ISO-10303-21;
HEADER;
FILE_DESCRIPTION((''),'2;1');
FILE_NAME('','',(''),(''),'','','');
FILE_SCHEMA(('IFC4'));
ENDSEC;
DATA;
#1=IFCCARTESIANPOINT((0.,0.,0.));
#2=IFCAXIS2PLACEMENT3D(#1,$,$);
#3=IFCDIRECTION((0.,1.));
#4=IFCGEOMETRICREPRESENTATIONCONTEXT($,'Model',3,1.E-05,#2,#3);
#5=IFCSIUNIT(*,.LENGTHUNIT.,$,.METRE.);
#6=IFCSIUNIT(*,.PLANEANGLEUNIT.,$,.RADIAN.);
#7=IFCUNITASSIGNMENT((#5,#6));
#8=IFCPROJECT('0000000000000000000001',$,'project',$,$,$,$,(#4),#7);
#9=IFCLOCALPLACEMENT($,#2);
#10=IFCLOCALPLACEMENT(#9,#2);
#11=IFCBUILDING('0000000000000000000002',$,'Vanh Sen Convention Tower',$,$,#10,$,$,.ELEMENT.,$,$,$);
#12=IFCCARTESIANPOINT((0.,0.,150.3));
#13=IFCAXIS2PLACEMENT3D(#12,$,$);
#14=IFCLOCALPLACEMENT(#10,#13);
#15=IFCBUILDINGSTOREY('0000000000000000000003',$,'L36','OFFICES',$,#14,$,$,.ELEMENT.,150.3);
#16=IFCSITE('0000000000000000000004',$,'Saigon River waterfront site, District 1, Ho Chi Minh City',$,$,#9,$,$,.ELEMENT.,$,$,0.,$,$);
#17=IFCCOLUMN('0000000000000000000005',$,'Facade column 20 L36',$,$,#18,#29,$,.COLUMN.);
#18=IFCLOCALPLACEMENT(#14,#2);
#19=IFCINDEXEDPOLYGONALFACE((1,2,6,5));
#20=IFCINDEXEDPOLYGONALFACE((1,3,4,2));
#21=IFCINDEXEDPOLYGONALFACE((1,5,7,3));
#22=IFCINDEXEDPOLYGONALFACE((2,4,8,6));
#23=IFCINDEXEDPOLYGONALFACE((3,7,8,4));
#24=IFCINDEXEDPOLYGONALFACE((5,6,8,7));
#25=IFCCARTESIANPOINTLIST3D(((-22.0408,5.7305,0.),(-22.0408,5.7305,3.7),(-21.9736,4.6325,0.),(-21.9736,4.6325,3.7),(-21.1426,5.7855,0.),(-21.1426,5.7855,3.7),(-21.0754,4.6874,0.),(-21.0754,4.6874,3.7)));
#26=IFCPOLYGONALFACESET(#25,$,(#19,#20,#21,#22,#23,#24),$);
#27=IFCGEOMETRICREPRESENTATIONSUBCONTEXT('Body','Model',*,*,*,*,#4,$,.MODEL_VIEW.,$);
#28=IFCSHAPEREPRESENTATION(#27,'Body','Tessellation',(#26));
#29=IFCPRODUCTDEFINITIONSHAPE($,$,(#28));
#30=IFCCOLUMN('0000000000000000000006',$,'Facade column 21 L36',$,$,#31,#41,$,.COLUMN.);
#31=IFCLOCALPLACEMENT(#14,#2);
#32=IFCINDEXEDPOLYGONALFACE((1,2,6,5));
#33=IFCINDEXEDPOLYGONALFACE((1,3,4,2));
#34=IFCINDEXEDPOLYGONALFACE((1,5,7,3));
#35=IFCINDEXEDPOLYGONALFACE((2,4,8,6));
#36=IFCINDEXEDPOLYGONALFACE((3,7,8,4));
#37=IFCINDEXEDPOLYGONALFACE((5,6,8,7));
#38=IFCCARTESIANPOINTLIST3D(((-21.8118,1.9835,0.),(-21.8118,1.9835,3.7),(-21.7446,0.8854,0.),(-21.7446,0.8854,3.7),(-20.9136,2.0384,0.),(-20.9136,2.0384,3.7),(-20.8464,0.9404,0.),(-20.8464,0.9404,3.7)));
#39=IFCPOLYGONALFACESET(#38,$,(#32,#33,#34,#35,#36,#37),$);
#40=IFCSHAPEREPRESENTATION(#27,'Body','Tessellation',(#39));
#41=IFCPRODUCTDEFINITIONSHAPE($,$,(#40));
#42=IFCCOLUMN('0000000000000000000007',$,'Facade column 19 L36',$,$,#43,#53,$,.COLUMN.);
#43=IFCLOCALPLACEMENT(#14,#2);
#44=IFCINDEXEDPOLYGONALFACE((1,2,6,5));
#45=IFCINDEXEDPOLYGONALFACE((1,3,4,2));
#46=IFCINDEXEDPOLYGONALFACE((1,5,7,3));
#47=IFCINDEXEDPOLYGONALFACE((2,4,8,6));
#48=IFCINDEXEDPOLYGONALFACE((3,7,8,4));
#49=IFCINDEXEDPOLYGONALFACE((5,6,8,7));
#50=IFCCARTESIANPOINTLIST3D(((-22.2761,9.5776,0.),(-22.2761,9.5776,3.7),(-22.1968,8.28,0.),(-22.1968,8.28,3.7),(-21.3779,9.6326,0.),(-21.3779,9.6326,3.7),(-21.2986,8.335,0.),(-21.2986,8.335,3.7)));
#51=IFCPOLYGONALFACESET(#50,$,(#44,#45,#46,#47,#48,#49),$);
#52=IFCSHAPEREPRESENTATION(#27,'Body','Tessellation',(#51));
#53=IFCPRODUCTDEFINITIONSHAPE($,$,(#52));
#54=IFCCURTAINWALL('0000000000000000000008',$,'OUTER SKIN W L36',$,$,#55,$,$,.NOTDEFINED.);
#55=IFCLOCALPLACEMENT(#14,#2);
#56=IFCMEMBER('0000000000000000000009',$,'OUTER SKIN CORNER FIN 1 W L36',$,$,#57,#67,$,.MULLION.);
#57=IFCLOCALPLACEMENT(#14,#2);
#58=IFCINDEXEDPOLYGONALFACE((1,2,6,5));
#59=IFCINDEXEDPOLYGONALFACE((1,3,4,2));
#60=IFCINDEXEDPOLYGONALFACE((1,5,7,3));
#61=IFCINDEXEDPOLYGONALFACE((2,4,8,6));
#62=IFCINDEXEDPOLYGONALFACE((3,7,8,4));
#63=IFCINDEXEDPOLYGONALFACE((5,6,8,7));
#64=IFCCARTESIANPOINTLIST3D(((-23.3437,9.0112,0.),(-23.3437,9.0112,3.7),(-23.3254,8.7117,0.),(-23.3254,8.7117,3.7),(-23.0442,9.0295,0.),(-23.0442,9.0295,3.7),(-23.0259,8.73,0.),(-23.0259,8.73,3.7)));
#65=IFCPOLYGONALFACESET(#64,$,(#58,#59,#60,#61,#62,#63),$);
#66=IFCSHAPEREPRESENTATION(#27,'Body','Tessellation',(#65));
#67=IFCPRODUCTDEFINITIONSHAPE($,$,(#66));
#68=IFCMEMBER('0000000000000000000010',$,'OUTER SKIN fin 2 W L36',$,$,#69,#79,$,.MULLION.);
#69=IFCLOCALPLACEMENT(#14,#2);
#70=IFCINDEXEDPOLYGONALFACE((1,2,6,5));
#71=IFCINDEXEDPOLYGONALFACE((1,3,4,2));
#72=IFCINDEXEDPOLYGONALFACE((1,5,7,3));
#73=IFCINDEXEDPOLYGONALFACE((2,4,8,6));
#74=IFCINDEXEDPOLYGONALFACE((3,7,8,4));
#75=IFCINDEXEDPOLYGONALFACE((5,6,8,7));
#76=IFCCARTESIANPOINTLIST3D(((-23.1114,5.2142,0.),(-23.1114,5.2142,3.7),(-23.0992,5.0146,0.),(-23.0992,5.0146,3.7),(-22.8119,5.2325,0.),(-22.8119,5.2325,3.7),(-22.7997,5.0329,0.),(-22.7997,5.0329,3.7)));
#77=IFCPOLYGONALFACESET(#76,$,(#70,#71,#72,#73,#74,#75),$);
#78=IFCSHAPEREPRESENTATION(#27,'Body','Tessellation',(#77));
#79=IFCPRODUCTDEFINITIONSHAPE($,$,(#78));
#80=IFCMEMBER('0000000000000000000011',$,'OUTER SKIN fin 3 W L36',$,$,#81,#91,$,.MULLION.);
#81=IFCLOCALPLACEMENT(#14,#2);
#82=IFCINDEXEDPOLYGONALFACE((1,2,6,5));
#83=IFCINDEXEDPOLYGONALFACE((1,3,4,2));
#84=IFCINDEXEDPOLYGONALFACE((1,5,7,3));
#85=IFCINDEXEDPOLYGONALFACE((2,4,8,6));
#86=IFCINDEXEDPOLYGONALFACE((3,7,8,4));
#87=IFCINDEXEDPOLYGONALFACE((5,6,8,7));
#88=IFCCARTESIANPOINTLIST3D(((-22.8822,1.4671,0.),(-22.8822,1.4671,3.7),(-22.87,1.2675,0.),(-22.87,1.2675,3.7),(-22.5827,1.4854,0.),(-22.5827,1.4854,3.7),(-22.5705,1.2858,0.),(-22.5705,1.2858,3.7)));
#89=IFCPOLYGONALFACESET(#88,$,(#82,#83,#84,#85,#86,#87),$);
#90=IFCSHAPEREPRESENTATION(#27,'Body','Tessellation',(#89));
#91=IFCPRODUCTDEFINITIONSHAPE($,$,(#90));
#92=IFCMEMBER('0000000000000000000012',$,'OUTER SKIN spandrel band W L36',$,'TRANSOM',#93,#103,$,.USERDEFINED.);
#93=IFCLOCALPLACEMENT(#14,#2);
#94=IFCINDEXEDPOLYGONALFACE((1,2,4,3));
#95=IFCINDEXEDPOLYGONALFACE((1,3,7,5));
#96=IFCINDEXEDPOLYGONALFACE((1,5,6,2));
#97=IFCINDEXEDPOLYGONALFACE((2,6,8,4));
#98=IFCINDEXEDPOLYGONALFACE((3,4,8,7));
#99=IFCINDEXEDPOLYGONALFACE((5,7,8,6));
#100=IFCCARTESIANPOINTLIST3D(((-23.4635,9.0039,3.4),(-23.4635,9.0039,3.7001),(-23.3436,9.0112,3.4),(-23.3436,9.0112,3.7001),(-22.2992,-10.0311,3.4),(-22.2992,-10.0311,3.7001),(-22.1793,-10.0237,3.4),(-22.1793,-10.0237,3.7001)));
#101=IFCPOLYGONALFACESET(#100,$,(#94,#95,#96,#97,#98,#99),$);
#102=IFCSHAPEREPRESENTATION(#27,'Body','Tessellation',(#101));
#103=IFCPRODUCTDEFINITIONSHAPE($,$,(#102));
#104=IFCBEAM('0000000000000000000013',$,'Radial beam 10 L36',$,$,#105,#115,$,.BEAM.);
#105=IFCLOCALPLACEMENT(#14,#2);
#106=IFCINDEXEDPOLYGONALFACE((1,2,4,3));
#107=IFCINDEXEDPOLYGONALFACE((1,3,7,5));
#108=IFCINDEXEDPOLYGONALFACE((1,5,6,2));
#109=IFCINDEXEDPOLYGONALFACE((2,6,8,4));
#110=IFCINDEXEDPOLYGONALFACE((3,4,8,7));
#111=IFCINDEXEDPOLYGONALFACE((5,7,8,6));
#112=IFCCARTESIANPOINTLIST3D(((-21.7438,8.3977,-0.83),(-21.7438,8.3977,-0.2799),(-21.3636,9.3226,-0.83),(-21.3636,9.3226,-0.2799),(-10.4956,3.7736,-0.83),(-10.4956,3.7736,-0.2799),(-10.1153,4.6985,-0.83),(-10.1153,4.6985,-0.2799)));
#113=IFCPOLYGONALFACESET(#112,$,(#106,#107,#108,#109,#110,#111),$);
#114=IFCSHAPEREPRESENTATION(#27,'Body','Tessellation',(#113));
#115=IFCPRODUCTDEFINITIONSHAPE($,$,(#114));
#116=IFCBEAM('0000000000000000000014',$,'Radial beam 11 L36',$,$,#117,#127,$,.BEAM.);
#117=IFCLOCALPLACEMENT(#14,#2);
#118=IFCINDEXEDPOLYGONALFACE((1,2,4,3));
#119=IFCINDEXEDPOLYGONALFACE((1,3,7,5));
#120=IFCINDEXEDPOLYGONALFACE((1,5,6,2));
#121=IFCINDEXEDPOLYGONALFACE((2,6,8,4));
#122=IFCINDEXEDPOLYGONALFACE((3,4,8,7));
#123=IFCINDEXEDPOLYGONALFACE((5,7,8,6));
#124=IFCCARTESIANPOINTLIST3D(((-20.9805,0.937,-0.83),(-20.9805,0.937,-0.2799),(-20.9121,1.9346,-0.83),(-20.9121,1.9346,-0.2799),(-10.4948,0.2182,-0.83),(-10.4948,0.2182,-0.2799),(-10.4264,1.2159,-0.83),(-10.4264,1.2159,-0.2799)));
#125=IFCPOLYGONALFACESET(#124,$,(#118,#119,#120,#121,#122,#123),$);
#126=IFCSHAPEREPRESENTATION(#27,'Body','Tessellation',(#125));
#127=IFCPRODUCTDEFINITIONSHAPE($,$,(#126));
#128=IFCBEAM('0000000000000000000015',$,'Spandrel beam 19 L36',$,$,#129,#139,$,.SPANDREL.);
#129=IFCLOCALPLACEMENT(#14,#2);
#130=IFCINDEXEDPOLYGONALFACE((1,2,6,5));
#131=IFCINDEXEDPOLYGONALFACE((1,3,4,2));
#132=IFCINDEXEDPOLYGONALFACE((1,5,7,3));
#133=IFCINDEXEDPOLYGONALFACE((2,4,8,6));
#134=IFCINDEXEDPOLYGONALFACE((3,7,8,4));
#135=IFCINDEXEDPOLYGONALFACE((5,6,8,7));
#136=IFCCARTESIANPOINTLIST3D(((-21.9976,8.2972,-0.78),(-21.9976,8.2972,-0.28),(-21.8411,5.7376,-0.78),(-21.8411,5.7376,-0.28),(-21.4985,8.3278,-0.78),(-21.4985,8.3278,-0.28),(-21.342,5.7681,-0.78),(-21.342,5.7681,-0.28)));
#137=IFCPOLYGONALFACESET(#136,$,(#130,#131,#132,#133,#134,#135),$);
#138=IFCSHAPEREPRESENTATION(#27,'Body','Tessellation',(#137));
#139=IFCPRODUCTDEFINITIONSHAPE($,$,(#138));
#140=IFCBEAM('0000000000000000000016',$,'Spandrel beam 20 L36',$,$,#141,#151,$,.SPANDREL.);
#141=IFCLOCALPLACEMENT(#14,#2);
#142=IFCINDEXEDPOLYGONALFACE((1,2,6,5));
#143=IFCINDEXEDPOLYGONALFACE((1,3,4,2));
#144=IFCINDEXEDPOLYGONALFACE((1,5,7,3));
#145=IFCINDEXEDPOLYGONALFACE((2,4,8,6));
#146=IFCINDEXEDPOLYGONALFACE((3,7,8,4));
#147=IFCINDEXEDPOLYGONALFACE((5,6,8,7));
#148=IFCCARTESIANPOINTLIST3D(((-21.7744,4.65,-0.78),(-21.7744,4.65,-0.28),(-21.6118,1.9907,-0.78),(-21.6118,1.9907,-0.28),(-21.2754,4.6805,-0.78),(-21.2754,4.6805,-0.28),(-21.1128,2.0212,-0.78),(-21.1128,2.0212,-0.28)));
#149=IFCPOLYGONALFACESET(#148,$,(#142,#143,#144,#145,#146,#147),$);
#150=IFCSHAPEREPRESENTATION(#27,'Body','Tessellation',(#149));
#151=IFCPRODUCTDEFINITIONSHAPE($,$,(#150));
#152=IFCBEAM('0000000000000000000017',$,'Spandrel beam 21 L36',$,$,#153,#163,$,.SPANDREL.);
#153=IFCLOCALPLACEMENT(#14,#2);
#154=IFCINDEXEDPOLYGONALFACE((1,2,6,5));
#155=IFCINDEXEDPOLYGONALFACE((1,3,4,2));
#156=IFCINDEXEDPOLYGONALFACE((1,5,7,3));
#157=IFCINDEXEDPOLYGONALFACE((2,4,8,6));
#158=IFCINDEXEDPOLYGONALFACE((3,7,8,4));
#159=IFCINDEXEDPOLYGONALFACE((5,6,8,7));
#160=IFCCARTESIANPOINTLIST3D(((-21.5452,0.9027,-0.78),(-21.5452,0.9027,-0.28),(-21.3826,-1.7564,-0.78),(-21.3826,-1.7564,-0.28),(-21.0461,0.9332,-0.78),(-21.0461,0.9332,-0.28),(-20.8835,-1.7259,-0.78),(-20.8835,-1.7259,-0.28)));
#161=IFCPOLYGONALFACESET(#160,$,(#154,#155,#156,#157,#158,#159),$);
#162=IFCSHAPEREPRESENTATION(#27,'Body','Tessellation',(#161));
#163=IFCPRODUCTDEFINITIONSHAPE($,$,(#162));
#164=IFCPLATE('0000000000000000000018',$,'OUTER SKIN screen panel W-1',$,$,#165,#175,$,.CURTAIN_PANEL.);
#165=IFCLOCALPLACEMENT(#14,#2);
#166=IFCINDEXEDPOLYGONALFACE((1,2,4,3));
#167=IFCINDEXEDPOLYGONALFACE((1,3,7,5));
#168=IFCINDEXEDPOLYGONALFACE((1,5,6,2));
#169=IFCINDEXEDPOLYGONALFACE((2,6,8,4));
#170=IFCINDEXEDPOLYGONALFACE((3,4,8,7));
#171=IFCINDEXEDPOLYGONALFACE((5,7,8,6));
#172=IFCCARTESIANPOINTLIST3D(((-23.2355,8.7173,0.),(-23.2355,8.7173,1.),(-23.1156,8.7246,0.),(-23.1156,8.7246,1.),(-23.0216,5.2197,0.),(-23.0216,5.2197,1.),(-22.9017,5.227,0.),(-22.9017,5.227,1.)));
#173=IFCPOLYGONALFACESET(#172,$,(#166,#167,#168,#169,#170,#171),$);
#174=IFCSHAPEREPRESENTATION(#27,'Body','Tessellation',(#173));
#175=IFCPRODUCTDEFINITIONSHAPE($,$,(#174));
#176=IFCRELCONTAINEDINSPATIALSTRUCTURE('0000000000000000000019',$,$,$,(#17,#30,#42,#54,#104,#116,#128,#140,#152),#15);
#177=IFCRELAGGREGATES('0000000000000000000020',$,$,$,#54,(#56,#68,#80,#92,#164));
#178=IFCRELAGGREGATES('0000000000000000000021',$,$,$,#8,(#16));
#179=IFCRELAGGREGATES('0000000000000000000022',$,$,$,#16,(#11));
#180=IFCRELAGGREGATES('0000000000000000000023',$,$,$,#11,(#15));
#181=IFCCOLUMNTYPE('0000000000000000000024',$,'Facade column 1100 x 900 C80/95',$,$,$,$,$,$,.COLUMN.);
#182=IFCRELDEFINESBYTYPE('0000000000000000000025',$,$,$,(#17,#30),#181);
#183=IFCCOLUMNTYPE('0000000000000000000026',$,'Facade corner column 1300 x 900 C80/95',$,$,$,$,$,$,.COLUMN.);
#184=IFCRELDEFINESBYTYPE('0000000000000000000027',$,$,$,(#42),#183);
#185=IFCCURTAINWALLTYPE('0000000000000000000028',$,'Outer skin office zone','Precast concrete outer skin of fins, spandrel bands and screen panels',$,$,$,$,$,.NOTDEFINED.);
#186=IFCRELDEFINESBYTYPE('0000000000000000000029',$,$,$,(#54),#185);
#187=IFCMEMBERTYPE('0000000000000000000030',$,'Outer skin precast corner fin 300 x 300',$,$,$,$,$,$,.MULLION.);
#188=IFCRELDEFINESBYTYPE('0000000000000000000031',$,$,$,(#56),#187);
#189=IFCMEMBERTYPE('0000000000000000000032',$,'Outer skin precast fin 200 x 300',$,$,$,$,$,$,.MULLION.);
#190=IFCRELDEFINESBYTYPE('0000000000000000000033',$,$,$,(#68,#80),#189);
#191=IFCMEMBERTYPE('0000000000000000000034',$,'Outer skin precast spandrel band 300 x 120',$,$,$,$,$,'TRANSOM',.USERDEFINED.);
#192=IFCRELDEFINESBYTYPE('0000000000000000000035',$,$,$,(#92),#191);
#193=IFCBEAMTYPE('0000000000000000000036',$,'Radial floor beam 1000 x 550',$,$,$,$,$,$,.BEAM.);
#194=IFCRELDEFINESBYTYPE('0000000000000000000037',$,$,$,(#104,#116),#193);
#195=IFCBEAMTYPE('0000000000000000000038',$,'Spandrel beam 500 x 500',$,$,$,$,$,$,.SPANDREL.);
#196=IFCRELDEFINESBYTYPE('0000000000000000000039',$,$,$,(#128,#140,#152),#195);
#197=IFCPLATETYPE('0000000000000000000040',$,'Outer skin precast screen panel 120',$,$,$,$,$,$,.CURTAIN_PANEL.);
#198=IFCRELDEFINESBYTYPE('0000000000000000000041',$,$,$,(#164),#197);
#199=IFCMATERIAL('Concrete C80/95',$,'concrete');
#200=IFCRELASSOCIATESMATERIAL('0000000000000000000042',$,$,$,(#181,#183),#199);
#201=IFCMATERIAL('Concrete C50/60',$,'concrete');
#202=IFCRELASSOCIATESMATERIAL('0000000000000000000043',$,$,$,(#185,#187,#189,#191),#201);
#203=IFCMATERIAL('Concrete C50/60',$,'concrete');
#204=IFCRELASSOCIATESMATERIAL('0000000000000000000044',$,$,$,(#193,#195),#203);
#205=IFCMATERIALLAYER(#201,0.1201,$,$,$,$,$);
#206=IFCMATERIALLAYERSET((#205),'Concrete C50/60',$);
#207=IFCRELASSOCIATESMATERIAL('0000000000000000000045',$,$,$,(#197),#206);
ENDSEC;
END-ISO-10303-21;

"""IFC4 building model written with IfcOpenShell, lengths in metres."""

from ifc_helpers import new_model, si_unit, direction, frame, origin, origin_2d, place, context, subcontext, project, spatial, rectangle, extrude, material, layer, layer_set, material_profile, profile_set, type_object, element, aggregate, save


model = new_model("IFC4")

# Units and contexts
model_context = context("Model", 3, precision=1e-05, world=origin(), true_north=direction((0.0, 1.0)))
body_context = subcontext(model_context, "Body", "Model", "MODEL_VIEW")
ifc_project = project(units=[si_unit("LENGTHUNIT", "METRE"), si_unit("PLANEANGLEUNIT", "RADIAN")], contexts=[model_context])

# Site, building, storey
site_placement = place(None, origin())
site = spatial("IfcSite", under=ifc_project, at=site_placement, Name="Saigon River waterfront site, District 1, Ho Chi Minh City", CompositionType="ELEMENT", RefElevation=0.0)
building_placement = place(site_placement, origin())
building = spatial("IfcBuilding", under=site, at=building_placement, Name="Vanh Sen Convention Tower", CompositionType="ELEMENT")
storey_placement = place(building_placement, frame((0.0, 0.0, 150.3)))
storey = spatial("IfcBuildingStorey", under=building, at=storey_placement, Name="L36", Description="OFFICES", CompositionType="ELEMENT", Elevation=150.3)

# Columns
ifc_material_1 = material(Name="Concrete C80/95", Category="concrete")
ifc_material_profile_1 = material_profile(ifc_material_1, rectangle(XDim=1.1001, YDim=0.8999, at=origin_2d()), Name="RC 1100X900")
ifc_profile_set_1 = profile_set([ifc_material_profile_1], Name="Concrete C80/95")
column_type_1 = type_object("IfcColumnType", Name="Facade column 1100 x 900 C80/95", PredefinedType="COLUMN", material=ifc_profile_set_1)
for number, where, z_axis, x_axis, name in (
    (1, (-21.5581, 5.209, 0.0), (0.0, 0.0, 1.0), (0.061049, -0.998135, 0.0), "Facade column 20 L36"),
    (2, (-21.3291, 1.4619, 0.0), (0.0, 0.0, 1.0), (0.061049, -0.998135, 0.0), "Facade column 21 L36"),
):
    element("IfcColumn", number, at=place(storey_placement, frame(where, z_axis=z_axis, x_axis=x_axis)), inside=storey, type_object=column_type_1, Name=name, PredefinedType="COLUMN", context=body_context, shape_type="SweptSolid", body=[
        extrude(rectangle(XDim=1.1001, YDim=0.8999, at=origin_2d()), origin(), (0.0, 0.0, 1.0), 3.7),
    ])
ifc_material_profile_2 = material_profile(ifc_material_1, rectangle(XDim=1.3, YDim=0.8999, at=origin_2d()), Name="RC 1300X900")
ifc_profile_set_2 = profile_set([ifc_material_profile_2], Name="Concrete C80/95")
column_type_2 = type_object("IfcColumnType", Name="Facade corner column 1300 x 900 C80/95", PredefinedType="COLUMN", material=ifc_profile_set_2)
column_placement = place(storey_placement, frame((-21.7874, 8.9563, 0.0), z_axis=(0.0, 0.0, 1.0), x_axis=(0.061049, -0.998135, 0.0)))
element("IfcColumn", 3, at=column_placement, inside=storey, type_object=column_type_2, Name="Facade column 19 L36", PredefinedType="COLUMN", context=body_context, shape_type="SweptSolid", body=[
    extrude(rectangle(XDim=1.3, YDim=0.8999, at=origin_2d()), origin(), (0.0, 0.0, 1.0), 3.7),
])

# Curtain wall, members
ifc_material_2 = material(Name="Concrete C50/60", Category="concrete")
curtain_wall_type = type_object("IfcCurtainWallType", Name="Outer skin office zone", Description="Precast concrete outer skin of fins, spandrel bands and screen panels", PredefinedType="NOTDEFINED", material=ifc_material_2)
curtain_wall_placement = place(storey_placement, origin())
curtain_wall = element("IfcCurtainWall", 4, at=curtain_wall_placement, inside=storey, type_object=curtain_wall_type, Name="OUTER SKIN W L36", PredefinedType="NOTDEFINED")
ifc_material_profile_3 = material_profile(ifc_material_2, rectangle(XDim=0.3, YDim=0.3, at=origin_2d()), Name="Outer skin precast corner fin 300 x 300")
ifc_profile_set_3 = profile_set([ifc_material_profile_3], Name="Concrete C50/60")
member_type_1 = type_object("IfcMemberType", Name="Outer skin precast corner fin 300 x 300", PredefinedType="MULLION", material=ifc_profile_set_3)
member_1_placement = place(storey_placement, frame((-23.1848, 8.8706, 0.0), z_axis=(0.0, 0.0, 1.0), x_axis=(0.061049, -0.998135, 0.0)))
member_1 = element("IfcMember", 5, at=member_1_placement, type_object=member_type_1, Name="OUTER SKIN CORNER FIN 1 W L36", PredefinedType="MULLION", context=body_context, shape_type="SweptSolid", body=[
    extrude(rectangle(XDim=0.3, YDim=0.3, at=origin_2d()), origin(), (0.0, 0.0, 1.0), 3.7),
])
ifc_material_profile_4 = material_profile(ifc_material_2, rectangle(XDim=0.2, YDim=0.3, at=origin_2d()), Name="Outer skin precast fin 200 x 300")
ifc_profile_set_4 = profile_set([ifc_material_profile_4], Name="Concrete C50/60")
member_type_2 = type_object("IfcMemberType", Name="Outer skin precast fin 200 x 300", PredefinedType="MULLION", material=ifc_profile_set_4)
member_2_placement = place(storey_placement, frame((-22.9556, 5.1235, 0.0), z_axis=(0.0, 0.0, 1.0), x_axis=(0.061049, -0.998135, 0.0)))
member_2 = element("IfcMember", 6, at=member_2_placement, type_object=member_type_2, Name="OUTER SKIN fin 2 W L36", PredefinedType="MULLION", context=body_context, shape_type="SweptSolid", body=[
    extrude(rectangle(XDim=0.2, YDim=0.3, at=origin_2d()), origin(), (0.0, 0.0, 1.0), 3.7),
])
member_3_placement = place(storey_placement, frame((-22.7263, 1.3765, 0.0), z_axis=(0.0, 0.0, 1.0), x_axis=(0.061049, -0.998135, 0.0)))
member_3 = element("IfcMember", 7, at=member_3_placement, type_object=member_type_2, Name="OUTER SKIN fin 3 W L36", PredefinedType="MULLION", context=body_context, shape_type="SweptSolid", body=[
    extrude(rectangle(XDim=0.2, YDim=0.3, at=origin_2d()), origin(), (0.0, 0.0, 1.0), 3.7),
])
ifc_material_profile_5 = material_profile(ifc_material_2, rectangle(XDim=0.1201, YDim=0.3, at=origin_2d()), Name="Outer skin precast spandrel band 300 x 120")
ifc_profile_set_5 = profile_set([ifc_material_profile_5], Name="Concrete C50/60")
member_type_3 = type_object("IfcMemberType", Name="Outer skin precast spandrel band 300 x 120", ElementType="TRANSOM", PredefinedType="USERDEFINED", material=ifc_profile_set_5)
member_4_placement = place(storey_placement, frame((-23.4036, 9.0076, 3.55), z_axis=(0.061053, -0.998135, 0.0), x_axis=(0.998135, 0.061053, 0.0)))
member_4 = element("IfcMember", 8, at=member_4_placement, type_object=member_type_3, Name="OUTER SKIN spandrel band W L36", ObjectType="TRANSOM", PredefinedType="USERDEFINED", context=body_context, shape_type="SweptSolid", body=[
    extrude(rectangle(XDim=0.1201, YDim=0.3, at=origin_2d()), origin(), (0.0, 0.0, 1.0), 19.0706),
])

# Beams
ifc_material_3 = material(Name="Concrete C50/60", Category="concrete")
ifc_material_profile_6 = material_profile(ifc_material_3, rectangle(XDim=1.0, YDim=0.55, at=origin_2d()), Name="RC 1000X550")
ifc_profile_set_6 = profile_set([ifc_material_profile_6], Name="Concrete C50/60")
beam_type_1 = type_object("IfcBeamType", Name="Radial floor beam 1000 x 550", PredefinedType="BEAM", material=ifc_profile_set_6)
beam_1_placement = place(storey_placement, frame((-21.5537, 8.8601, -0.5549), z_axis=(0.924899, -0.380214, 0.0), x_axis=(0.380214, 0.924899, 0.0)))
element("IfcBeam", 9, at=beam_1_placement, inside=storey, type_object=beam_type_1, Name="Radial beam 10 L36", PredefinedType="BEAM", context=body_context, shape_type="SweptSolid", body=[
    extrude(rectangle(XDim=1.0, YDim=0.55, at=origin_2d()), origin(), (0.0, 0.0, 1.0), 12.1616),
])
beam_2_placement = place(storey_placement, frame((-20.9463, 1.4358, -0.5549), z_axis=(0.997659, -0.068386, 0.0), x_axis=(0.068386, 0.997659, 0.0)))
element("IfcBeam", 10, at=beam_2_placement, inside=storey, type_object=beam_type_1, Name="Radial beam 11 L36", PredefinedType="BEAM", context=body_context, shape_type="SweptSolid", body=[
    extrude(rectangle(XDim=1.0, YDim=0.55, at=origin_2d()), origin(), (0.0, 0.0, 1.0), 10.5103),
])
ifc_material_profile_7 = material_profile(ifc_material_3, rectangle(XDim=0.5, YDim=0.5, at=origin_2d()), Name="RC 500X500")
ifc_profile_set_7 = profile_set([ifc_material_profile_7], Name="Concrete C50/60")
beam_type_2 = type_object("IfcBeamType", Name="Spandrel beam 500 x 500", PredefinedType="SPANDREL", material=ifc_profile_set_7)
beam_3_placement = place(storey_placement, frame((-21.748, 8.3125, -0.53), z_axis=(0.061027, -0.998136, 0.0), x_axis=(0.998136, 0.061027, 0.0)))
element("IfcBeam", 11, at=beam_3_placement, inside=storey, type_object=beam_type_2, Name="Spandrel beam 19 L36", PredefinedType="SPANDREL", context=body_context, shape_type="SweptSolid", body=[
    extrude(rectangle(XDim=0.5, YDim=0.5, at=origin_2d()), origin(), (0.0, 0.0, 1.0), 2.5645),
])
beam_4_placement = place(storey_placement, frame((-21.5249, 4.6653, -0.53), z_axis=(0.061026, -0.998136, 0.0), x_axis=(0.998136, 0.061026, 0.0)))
element("IfcBeam", 12, at=beam_4_placement, inside=storey, type_object=beam_type_2, Name="Spandrel beam 20 L36", PredefinedType="SPANDREL", context=body_context, shape_type="SweptSolid", body=[
    extrude(rectangle(XDim=0.5, YDim=0.5, at=origin_2d()), origin(), (0.0, 0.0, 1.0), 2.6643),
])
beam_5_placement = place(storey_placement, frame((-21.2957, 0.918, -0.53), z_axis=(0.061032, -0.998136, 0.0), x_axis=(0.998136, 0.061032, 0.0)))
element("IfcBeam", 13, at=beam_5_placement, inside=storey, type_object=beam_type_2, Name="Spandrel beam 21 L36", PredefinedType="SPANDREL", context=body_context, shape_type="SweptSolid", body=[
    extrude(rectangle(XDim=0.5, YDim=0.5, at=origin_2d()), origin(), (0.0, 0.0, 1.0), 2.6641),
])

# Plate
ifc_layer_1 = layer(ifc_material_2, 0.1201)
ifc_layer_set_1 = layer_set([ifc_layer_1], Name="Concrete C50/60")
plate_type = type_object("IfcPlateType", Name="Outer skin precast screen panel 120", PredefinedType="CURTAIN_PANEL", material=ifc_layer_set_1)
plate_1_placement = place(storey_placement, frame((-23.0686, 6.9722, 0.0), z_axis=(0.0, 0.0, 1.0), x_axis=(0.061054, -0.998134, 0.0)))
plate_1 = element("IfcPlate", 14, at=plate_1_placement, type_object=plate_type, Name="OUTER SKIN screen panel W-1", PredefinedType="CURTAIN_PANEL", context=body_context, shape_type="SweptSolid", body=[
    extrude(rectangle(XDim=3.5042, YDim=0.1201, at=origin_2d()), origin(), (0.0, 0.0, 1.0), 1.0),
])
aggregate(curtain_wall, [member_1, member_2, member_3, member_4, plate_1])

save(model, "model.ifc")
